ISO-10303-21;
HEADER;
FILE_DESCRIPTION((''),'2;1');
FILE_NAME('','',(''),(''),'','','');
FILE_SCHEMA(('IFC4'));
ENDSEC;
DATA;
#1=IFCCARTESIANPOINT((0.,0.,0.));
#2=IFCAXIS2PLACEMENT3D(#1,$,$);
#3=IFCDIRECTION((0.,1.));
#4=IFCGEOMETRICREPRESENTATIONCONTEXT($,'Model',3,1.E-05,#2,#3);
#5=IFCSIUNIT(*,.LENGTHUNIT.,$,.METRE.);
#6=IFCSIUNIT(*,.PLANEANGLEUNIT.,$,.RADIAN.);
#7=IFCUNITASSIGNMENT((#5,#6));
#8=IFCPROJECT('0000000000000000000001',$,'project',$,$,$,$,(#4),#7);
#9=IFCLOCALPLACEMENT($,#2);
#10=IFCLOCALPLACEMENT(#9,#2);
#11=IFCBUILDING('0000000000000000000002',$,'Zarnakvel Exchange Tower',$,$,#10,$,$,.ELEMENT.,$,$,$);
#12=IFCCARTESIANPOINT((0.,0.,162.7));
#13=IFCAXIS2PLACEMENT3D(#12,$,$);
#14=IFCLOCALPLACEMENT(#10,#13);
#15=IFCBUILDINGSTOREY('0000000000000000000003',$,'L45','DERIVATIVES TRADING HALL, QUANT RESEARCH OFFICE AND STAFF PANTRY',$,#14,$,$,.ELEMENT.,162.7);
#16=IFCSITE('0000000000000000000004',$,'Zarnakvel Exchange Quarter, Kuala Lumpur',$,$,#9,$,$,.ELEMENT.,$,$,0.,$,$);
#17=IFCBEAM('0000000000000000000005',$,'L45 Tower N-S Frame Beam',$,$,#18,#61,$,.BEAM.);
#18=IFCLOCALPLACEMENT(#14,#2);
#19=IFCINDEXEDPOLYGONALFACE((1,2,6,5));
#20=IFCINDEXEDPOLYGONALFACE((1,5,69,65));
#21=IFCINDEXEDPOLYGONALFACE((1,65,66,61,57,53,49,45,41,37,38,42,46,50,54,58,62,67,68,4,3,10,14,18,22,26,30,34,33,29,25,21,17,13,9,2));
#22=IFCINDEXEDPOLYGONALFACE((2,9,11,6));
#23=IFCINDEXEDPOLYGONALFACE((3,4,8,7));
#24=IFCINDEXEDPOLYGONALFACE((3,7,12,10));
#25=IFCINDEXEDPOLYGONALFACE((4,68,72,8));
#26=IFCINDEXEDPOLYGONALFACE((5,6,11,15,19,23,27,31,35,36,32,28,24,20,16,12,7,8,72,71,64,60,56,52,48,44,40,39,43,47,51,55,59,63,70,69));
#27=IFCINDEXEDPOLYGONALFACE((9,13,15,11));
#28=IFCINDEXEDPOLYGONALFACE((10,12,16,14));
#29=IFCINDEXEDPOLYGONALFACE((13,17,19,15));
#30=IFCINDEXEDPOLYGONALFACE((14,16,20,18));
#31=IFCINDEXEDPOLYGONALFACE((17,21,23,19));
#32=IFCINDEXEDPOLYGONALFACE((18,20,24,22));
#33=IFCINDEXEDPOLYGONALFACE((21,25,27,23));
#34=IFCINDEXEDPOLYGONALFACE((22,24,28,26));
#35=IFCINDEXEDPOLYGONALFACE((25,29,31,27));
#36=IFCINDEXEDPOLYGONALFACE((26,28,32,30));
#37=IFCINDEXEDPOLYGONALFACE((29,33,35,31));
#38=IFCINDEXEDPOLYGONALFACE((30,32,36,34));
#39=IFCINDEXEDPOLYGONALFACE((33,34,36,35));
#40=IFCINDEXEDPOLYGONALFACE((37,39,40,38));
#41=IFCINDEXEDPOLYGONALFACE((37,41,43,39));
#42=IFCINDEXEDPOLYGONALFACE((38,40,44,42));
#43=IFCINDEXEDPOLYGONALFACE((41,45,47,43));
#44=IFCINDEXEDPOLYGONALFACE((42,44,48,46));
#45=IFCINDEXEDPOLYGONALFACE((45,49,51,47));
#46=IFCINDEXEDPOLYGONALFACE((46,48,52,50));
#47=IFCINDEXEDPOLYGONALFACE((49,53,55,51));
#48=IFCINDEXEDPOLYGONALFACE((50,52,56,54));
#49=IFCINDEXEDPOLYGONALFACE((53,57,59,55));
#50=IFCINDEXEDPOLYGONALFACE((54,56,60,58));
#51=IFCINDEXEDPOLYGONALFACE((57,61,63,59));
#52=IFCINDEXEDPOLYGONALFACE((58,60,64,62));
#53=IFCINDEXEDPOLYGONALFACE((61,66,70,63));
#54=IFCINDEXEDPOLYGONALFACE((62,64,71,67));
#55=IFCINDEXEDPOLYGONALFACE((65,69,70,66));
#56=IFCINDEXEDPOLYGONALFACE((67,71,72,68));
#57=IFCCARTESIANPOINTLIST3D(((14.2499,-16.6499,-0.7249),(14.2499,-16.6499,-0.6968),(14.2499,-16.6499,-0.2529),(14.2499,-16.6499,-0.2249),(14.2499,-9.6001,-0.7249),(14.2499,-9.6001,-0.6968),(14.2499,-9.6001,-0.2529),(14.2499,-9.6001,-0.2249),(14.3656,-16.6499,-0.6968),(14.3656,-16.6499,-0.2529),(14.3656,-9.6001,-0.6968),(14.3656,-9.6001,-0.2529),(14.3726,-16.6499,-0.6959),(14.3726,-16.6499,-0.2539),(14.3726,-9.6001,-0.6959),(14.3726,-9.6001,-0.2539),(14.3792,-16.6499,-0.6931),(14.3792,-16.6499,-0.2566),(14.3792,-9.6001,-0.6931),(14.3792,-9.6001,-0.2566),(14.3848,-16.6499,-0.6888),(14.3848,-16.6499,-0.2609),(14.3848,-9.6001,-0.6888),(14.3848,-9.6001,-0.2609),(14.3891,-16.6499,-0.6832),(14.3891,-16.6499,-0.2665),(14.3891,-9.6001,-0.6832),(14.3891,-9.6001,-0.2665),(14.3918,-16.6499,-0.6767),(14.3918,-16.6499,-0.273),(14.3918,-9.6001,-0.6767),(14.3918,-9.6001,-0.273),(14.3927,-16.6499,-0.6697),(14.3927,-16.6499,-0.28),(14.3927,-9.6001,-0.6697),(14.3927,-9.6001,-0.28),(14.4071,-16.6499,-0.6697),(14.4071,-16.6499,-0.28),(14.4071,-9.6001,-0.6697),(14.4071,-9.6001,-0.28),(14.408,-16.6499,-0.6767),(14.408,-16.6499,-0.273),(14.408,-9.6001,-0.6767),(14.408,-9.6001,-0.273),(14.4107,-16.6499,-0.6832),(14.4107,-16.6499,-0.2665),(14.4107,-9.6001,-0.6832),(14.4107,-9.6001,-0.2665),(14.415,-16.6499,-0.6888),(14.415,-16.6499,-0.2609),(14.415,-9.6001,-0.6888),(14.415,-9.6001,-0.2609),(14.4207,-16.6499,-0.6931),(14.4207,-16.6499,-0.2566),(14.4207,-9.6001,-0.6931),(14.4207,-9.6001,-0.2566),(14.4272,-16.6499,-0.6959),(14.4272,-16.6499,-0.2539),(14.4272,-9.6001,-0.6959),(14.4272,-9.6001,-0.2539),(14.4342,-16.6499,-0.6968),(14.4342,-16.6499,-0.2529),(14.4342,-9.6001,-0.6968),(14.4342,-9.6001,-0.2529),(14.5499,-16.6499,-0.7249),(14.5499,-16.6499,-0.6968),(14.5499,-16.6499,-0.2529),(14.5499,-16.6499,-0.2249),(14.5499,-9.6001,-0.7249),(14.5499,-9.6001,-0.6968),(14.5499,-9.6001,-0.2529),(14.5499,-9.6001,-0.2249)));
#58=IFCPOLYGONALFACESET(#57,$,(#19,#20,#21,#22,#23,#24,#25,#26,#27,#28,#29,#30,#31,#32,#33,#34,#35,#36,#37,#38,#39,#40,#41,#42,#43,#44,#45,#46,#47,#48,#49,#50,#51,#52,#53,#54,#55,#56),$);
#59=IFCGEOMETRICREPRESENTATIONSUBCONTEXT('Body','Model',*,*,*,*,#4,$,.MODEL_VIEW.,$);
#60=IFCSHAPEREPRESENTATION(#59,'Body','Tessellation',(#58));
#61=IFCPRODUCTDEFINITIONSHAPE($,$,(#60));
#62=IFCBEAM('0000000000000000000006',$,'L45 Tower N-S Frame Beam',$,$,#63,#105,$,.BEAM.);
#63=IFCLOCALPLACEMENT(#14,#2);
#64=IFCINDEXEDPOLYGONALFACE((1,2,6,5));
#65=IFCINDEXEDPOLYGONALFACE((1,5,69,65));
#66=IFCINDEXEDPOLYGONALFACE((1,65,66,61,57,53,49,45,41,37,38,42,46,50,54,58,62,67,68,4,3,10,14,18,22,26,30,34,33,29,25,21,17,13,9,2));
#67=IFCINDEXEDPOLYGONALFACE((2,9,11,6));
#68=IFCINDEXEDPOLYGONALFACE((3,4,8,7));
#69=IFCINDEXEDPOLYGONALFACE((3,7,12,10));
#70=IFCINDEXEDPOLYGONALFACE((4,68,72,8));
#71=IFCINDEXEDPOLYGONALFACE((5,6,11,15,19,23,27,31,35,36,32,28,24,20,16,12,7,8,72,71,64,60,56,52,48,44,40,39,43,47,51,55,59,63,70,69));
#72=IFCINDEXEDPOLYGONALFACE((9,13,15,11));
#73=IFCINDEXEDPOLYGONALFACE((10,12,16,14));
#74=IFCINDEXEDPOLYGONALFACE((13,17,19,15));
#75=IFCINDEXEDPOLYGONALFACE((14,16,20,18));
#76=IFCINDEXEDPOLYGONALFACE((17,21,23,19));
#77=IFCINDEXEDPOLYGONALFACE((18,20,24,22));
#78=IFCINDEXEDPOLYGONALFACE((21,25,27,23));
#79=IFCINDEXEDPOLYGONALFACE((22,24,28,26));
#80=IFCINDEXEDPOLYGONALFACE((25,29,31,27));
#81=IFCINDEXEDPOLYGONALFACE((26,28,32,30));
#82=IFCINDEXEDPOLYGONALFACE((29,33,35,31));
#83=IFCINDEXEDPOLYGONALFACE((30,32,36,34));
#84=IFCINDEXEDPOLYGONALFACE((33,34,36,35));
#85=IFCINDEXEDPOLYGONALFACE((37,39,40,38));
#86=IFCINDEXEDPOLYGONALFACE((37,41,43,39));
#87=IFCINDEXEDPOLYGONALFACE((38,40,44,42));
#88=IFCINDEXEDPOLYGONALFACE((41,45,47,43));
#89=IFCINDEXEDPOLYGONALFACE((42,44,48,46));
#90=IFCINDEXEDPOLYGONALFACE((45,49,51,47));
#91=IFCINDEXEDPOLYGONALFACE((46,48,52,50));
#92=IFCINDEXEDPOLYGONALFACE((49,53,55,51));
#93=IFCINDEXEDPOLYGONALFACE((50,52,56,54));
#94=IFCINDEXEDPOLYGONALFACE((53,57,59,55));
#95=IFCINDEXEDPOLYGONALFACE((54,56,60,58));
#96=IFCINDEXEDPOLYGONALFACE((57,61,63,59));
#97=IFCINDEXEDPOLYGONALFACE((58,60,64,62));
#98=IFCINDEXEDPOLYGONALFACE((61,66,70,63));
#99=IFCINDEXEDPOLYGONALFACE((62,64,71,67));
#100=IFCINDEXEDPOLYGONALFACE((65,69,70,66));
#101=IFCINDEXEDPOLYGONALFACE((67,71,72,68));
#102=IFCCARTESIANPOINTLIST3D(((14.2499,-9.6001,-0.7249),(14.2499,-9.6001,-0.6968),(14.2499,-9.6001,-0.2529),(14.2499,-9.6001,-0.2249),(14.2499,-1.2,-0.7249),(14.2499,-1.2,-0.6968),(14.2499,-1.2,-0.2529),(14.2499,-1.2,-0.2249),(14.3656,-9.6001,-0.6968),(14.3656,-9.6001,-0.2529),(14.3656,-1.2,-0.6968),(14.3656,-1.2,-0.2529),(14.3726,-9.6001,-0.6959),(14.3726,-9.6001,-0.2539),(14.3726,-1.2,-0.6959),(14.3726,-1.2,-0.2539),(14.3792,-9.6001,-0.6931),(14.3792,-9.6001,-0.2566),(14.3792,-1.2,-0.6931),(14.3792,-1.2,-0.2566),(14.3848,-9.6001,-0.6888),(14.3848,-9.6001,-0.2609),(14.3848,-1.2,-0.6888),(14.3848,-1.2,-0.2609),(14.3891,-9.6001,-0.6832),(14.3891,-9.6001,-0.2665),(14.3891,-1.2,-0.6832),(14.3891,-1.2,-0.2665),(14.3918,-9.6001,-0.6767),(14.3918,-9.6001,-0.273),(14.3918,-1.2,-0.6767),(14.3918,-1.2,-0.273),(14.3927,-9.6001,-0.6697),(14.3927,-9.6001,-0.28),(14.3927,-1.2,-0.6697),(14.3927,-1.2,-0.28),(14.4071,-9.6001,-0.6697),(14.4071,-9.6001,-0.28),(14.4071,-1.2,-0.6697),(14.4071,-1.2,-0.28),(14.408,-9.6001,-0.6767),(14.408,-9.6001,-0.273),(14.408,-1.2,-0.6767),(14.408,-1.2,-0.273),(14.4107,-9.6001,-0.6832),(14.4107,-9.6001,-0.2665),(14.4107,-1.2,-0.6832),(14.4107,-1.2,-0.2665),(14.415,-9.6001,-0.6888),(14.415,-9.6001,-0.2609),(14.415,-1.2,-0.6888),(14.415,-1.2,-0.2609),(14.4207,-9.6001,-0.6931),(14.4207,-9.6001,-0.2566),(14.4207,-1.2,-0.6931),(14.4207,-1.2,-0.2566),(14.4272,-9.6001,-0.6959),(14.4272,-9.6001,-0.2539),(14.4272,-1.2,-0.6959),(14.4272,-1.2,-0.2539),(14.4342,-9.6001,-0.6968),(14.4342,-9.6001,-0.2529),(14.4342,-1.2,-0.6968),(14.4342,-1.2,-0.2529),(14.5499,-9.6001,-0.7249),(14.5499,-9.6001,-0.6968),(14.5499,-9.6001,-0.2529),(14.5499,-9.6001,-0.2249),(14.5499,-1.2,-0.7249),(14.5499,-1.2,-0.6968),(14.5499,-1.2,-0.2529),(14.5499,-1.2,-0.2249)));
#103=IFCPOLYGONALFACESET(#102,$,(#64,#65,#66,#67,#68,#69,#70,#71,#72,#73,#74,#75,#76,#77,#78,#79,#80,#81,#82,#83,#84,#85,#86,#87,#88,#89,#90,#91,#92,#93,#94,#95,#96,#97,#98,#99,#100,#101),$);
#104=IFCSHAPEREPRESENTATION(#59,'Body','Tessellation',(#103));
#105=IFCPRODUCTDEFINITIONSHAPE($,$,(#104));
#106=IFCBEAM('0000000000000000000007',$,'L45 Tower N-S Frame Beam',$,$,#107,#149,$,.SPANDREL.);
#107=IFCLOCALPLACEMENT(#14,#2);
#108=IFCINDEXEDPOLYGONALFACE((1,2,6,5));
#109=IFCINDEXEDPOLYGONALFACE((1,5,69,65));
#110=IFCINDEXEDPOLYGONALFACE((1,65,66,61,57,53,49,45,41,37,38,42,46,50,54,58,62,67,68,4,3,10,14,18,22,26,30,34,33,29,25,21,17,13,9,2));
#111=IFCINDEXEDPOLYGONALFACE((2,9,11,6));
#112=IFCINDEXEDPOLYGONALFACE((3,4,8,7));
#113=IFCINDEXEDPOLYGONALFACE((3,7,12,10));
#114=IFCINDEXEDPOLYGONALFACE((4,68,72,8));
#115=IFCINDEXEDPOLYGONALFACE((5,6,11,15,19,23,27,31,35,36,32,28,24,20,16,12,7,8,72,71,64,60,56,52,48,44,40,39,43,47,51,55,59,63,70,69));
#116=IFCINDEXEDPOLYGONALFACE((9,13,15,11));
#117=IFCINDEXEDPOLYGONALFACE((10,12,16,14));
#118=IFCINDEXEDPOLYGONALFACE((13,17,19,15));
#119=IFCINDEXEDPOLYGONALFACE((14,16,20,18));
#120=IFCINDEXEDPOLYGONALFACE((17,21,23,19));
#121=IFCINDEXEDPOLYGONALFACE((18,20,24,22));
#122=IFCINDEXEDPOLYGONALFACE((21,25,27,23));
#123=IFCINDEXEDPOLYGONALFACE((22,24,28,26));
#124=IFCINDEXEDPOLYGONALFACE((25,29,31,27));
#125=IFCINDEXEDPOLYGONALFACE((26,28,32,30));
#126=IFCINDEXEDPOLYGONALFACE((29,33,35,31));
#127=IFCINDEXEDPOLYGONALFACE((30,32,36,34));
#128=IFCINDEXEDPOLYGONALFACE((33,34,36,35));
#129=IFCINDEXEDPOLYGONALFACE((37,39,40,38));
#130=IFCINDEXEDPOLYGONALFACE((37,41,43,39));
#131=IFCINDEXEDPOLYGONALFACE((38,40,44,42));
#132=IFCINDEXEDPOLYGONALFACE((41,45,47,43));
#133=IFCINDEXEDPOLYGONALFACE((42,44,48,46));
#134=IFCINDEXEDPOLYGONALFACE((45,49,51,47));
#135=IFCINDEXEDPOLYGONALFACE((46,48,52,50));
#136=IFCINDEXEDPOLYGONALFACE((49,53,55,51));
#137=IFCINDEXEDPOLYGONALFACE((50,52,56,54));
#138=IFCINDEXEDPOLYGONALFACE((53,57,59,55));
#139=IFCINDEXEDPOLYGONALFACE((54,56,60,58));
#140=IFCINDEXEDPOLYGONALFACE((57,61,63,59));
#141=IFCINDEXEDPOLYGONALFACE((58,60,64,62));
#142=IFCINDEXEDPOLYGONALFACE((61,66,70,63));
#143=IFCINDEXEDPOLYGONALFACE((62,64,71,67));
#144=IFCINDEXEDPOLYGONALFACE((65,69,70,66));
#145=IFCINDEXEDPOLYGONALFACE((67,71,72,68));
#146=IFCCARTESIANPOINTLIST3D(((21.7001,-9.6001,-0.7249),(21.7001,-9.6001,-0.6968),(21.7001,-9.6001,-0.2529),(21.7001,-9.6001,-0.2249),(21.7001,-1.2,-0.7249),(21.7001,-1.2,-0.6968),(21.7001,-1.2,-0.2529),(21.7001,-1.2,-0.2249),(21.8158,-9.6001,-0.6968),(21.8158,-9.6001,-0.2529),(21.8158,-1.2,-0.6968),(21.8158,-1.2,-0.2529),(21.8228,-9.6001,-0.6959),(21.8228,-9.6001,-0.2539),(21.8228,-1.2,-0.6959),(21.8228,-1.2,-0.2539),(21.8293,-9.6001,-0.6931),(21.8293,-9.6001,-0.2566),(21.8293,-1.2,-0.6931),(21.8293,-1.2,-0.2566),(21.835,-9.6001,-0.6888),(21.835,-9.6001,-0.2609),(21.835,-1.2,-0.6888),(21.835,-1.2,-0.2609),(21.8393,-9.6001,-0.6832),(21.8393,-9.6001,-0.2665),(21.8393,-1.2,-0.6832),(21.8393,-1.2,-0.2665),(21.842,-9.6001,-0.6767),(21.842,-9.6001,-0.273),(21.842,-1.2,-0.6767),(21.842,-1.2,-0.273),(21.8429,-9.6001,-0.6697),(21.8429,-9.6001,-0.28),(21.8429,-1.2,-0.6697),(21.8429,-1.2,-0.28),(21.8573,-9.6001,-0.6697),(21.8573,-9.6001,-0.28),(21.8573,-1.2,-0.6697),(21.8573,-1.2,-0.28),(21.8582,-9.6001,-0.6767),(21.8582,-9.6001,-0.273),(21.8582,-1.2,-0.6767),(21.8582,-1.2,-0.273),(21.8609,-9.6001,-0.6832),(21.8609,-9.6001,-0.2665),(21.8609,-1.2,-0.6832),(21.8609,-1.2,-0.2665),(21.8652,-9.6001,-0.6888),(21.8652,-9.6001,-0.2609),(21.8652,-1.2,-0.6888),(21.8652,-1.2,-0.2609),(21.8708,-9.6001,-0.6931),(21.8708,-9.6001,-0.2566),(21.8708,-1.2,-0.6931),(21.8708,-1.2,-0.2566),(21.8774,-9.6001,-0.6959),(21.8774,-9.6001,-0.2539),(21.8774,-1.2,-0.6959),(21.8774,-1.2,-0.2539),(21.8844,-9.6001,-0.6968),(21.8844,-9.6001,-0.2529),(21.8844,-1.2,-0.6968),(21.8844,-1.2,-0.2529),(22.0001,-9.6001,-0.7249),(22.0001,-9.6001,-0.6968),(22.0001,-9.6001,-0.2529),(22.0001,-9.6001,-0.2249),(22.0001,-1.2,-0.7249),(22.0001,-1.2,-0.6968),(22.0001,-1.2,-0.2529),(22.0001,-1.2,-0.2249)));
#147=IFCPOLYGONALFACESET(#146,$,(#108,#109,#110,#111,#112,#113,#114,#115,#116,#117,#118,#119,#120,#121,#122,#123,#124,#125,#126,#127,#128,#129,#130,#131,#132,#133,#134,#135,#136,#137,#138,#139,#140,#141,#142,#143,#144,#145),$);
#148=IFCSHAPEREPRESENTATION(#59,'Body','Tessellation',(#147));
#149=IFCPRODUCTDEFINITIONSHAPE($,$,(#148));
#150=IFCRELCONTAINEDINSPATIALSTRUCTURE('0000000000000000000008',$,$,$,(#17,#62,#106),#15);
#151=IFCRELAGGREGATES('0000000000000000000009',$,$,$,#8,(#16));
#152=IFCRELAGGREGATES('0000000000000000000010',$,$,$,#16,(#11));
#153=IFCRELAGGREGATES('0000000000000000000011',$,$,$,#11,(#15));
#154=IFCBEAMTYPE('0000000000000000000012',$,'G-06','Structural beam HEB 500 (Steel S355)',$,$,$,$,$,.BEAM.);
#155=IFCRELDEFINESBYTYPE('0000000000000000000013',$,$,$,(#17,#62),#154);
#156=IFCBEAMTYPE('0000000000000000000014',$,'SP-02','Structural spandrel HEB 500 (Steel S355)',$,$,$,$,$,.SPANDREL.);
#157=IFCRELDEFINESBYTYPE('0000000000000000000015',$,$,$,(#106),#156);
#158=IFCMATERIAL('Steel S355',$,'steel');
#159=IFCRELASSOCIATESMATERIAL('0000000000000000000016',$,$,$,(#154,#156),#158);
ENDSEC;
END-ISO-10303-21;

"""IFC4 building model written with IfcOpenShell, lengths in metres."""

from ifc_helpers import new_model, si_unit, direction, frame, origin, origin_2d, place, context, subcontext, project, spatial, i_section, extrude, material, material_profile, profile_set, type_object, element, save


model = new_model("IFC4")

# Units and contexts
model_context = context("Model", 3, precision=1e-05, world=origin(), true_north=direction((0.0, 1.0)))
body_context = subcontext(model_context, "Body", "Model", "MODEL_VIEW")
ifc_project = project(units=[si_unit("LENGTHUNIT", "METRE"), si_unit("PLANEANGLEUNIT", "RADIAN")], contexts=[model_context])

# Site, building, storey
site_placement = place(None, origin())
site = spatial("IfcSite", under=ifc_project, at=site_placement, Name="Zarnakvel Exchange Quarter, Kuala Lumpur", CompositionType="ELEMENT", RefElevation=0.0)
building_placement = place(site_placement, origin())
building = spatial("IfcBuilding", under=site, at=building_placement, Name="Zarnakvel Exchange Tower", CompositionType="ELEMENT")
storey_placement = place(building_placement, frame((0.0, 0.0, 162.7)))
storey = spatial("IfcBuildingStorey", under=building, at=storey_placement, Name="L45", Description="DERIVATIVES TRADING HALL, QUANT RESEARCH OFFICE AND STAFF PANTRY", CompositionType="ELEMENT", Elevation=162.7)

# Shared definitions
ifc_material_1 = material(Name="Steel S355", Category="steel")

# Beams
ifc_material_profile_1 = material_profile(ifc_material_1, i_section(OverallWidth=0.3, OverallDepth=0.5, WebThickness=0.0144, FlangeThickness=0.0281, FilletRadius=0.0271, at=origin_2d()))
ifc_profile_set_1 = profile_set([ifc_material_profile_1], Name="Steel S355")
beam_type_1 = type_object("IfcBeamType", Name="G-06", Description="Structural beam HEB 500 (Steel S355)", PredefinedType="BEAM", material=ifc_profile_set_1)
beam_1_placement = place(storey_placement, frame((14.3999, -16.6499, -0.4749), z_axis=(0.0, 1.0, 0.0), x_axis=(-1.0, 0.0, 0.0)))
element("IfcBeam", 1, at=beam_1_placement, inside=storey, type_object=beam_type_1, Name="L45 Tower N-S Frame Beam", PredefinedType="BEAM", context=body_context, shape_type="SweptSolid", body=[
    extrude(i_section(OverallWidth=0.3, OverallDepth=0.5, WebThickness=0.0144, FlangeThickness=0.0281, FilletRadius=0.0271, at=origin_2d()), origin(), (0.0, 0.0, 1.0), 7.0498),
])
beam_2_placement = place(storey_placement, frame((14.3999, -9.6001, -0.4749), z_axis=(0.0, 1.0, 0.0), x_axis=(-1.0, 0.0, 0.0)))
element("IfcBeam", 2, at=beam_2_placement, inside=storey, type_object=beam_type_1, Name="L45 Tower N-S Frame Beam", PredefinedType="BEAM", context=body_context, shape_type="SweptSolid", body=[
    extrude(i_section(OverallWidth=0.3, OverallDepth=0.5, WebThickness=0.0144, FlangeThickness=0.0281, FilletRadius=0.0271, at=origin_2d()), origin(), (0.0, 0.0, 1.0), 8.4001),
])
ifc_material_profile_2 = material_profile(ifc_material_1, i_section(OverallWidth=0.3, OverallDepth=0.5, WebThickness=0.0144, FlangeThickness=0.0281, FilletRadius=0.0271, at=origin_2d()))
ifc_profile_set_2 = profile_set([ifc_material_profile_2], Name="Steel S355")
beam_type_2 = type_object("IfcBeamType", Name="SP-02", Description="Structural spandrel HEB 500 (Steel S355)", PredefinedType="SPANDREL", material=ifc_profile_set_2)
beam_3_placement = place(storey_placement, frame((21.8501, -9.6001, -0.4749), z_axis=(0.0, 1.0, 0.0), x_axis=(-1.0, 0.0, 0.0)))
element("IfcBeam", 3, at=beam_3_placement, inside=storey, type_object=beam_type_2, Name="L45 Tower N-S Frame Beam", PredefinedType="SPANDREL", context=body_context, shape_type="SweptSolid", body=[
    extrude(i_section(OverallWidth=0.3, OverallDepth=0.5, WebThickness=0.0144, FlangeThickness=0.0281, FilletRadius=0.0271, at=origin_2d()), origin(), (0.0, 0.0, 1.0), 8.4001),
])

save(model, "model.ifc")
